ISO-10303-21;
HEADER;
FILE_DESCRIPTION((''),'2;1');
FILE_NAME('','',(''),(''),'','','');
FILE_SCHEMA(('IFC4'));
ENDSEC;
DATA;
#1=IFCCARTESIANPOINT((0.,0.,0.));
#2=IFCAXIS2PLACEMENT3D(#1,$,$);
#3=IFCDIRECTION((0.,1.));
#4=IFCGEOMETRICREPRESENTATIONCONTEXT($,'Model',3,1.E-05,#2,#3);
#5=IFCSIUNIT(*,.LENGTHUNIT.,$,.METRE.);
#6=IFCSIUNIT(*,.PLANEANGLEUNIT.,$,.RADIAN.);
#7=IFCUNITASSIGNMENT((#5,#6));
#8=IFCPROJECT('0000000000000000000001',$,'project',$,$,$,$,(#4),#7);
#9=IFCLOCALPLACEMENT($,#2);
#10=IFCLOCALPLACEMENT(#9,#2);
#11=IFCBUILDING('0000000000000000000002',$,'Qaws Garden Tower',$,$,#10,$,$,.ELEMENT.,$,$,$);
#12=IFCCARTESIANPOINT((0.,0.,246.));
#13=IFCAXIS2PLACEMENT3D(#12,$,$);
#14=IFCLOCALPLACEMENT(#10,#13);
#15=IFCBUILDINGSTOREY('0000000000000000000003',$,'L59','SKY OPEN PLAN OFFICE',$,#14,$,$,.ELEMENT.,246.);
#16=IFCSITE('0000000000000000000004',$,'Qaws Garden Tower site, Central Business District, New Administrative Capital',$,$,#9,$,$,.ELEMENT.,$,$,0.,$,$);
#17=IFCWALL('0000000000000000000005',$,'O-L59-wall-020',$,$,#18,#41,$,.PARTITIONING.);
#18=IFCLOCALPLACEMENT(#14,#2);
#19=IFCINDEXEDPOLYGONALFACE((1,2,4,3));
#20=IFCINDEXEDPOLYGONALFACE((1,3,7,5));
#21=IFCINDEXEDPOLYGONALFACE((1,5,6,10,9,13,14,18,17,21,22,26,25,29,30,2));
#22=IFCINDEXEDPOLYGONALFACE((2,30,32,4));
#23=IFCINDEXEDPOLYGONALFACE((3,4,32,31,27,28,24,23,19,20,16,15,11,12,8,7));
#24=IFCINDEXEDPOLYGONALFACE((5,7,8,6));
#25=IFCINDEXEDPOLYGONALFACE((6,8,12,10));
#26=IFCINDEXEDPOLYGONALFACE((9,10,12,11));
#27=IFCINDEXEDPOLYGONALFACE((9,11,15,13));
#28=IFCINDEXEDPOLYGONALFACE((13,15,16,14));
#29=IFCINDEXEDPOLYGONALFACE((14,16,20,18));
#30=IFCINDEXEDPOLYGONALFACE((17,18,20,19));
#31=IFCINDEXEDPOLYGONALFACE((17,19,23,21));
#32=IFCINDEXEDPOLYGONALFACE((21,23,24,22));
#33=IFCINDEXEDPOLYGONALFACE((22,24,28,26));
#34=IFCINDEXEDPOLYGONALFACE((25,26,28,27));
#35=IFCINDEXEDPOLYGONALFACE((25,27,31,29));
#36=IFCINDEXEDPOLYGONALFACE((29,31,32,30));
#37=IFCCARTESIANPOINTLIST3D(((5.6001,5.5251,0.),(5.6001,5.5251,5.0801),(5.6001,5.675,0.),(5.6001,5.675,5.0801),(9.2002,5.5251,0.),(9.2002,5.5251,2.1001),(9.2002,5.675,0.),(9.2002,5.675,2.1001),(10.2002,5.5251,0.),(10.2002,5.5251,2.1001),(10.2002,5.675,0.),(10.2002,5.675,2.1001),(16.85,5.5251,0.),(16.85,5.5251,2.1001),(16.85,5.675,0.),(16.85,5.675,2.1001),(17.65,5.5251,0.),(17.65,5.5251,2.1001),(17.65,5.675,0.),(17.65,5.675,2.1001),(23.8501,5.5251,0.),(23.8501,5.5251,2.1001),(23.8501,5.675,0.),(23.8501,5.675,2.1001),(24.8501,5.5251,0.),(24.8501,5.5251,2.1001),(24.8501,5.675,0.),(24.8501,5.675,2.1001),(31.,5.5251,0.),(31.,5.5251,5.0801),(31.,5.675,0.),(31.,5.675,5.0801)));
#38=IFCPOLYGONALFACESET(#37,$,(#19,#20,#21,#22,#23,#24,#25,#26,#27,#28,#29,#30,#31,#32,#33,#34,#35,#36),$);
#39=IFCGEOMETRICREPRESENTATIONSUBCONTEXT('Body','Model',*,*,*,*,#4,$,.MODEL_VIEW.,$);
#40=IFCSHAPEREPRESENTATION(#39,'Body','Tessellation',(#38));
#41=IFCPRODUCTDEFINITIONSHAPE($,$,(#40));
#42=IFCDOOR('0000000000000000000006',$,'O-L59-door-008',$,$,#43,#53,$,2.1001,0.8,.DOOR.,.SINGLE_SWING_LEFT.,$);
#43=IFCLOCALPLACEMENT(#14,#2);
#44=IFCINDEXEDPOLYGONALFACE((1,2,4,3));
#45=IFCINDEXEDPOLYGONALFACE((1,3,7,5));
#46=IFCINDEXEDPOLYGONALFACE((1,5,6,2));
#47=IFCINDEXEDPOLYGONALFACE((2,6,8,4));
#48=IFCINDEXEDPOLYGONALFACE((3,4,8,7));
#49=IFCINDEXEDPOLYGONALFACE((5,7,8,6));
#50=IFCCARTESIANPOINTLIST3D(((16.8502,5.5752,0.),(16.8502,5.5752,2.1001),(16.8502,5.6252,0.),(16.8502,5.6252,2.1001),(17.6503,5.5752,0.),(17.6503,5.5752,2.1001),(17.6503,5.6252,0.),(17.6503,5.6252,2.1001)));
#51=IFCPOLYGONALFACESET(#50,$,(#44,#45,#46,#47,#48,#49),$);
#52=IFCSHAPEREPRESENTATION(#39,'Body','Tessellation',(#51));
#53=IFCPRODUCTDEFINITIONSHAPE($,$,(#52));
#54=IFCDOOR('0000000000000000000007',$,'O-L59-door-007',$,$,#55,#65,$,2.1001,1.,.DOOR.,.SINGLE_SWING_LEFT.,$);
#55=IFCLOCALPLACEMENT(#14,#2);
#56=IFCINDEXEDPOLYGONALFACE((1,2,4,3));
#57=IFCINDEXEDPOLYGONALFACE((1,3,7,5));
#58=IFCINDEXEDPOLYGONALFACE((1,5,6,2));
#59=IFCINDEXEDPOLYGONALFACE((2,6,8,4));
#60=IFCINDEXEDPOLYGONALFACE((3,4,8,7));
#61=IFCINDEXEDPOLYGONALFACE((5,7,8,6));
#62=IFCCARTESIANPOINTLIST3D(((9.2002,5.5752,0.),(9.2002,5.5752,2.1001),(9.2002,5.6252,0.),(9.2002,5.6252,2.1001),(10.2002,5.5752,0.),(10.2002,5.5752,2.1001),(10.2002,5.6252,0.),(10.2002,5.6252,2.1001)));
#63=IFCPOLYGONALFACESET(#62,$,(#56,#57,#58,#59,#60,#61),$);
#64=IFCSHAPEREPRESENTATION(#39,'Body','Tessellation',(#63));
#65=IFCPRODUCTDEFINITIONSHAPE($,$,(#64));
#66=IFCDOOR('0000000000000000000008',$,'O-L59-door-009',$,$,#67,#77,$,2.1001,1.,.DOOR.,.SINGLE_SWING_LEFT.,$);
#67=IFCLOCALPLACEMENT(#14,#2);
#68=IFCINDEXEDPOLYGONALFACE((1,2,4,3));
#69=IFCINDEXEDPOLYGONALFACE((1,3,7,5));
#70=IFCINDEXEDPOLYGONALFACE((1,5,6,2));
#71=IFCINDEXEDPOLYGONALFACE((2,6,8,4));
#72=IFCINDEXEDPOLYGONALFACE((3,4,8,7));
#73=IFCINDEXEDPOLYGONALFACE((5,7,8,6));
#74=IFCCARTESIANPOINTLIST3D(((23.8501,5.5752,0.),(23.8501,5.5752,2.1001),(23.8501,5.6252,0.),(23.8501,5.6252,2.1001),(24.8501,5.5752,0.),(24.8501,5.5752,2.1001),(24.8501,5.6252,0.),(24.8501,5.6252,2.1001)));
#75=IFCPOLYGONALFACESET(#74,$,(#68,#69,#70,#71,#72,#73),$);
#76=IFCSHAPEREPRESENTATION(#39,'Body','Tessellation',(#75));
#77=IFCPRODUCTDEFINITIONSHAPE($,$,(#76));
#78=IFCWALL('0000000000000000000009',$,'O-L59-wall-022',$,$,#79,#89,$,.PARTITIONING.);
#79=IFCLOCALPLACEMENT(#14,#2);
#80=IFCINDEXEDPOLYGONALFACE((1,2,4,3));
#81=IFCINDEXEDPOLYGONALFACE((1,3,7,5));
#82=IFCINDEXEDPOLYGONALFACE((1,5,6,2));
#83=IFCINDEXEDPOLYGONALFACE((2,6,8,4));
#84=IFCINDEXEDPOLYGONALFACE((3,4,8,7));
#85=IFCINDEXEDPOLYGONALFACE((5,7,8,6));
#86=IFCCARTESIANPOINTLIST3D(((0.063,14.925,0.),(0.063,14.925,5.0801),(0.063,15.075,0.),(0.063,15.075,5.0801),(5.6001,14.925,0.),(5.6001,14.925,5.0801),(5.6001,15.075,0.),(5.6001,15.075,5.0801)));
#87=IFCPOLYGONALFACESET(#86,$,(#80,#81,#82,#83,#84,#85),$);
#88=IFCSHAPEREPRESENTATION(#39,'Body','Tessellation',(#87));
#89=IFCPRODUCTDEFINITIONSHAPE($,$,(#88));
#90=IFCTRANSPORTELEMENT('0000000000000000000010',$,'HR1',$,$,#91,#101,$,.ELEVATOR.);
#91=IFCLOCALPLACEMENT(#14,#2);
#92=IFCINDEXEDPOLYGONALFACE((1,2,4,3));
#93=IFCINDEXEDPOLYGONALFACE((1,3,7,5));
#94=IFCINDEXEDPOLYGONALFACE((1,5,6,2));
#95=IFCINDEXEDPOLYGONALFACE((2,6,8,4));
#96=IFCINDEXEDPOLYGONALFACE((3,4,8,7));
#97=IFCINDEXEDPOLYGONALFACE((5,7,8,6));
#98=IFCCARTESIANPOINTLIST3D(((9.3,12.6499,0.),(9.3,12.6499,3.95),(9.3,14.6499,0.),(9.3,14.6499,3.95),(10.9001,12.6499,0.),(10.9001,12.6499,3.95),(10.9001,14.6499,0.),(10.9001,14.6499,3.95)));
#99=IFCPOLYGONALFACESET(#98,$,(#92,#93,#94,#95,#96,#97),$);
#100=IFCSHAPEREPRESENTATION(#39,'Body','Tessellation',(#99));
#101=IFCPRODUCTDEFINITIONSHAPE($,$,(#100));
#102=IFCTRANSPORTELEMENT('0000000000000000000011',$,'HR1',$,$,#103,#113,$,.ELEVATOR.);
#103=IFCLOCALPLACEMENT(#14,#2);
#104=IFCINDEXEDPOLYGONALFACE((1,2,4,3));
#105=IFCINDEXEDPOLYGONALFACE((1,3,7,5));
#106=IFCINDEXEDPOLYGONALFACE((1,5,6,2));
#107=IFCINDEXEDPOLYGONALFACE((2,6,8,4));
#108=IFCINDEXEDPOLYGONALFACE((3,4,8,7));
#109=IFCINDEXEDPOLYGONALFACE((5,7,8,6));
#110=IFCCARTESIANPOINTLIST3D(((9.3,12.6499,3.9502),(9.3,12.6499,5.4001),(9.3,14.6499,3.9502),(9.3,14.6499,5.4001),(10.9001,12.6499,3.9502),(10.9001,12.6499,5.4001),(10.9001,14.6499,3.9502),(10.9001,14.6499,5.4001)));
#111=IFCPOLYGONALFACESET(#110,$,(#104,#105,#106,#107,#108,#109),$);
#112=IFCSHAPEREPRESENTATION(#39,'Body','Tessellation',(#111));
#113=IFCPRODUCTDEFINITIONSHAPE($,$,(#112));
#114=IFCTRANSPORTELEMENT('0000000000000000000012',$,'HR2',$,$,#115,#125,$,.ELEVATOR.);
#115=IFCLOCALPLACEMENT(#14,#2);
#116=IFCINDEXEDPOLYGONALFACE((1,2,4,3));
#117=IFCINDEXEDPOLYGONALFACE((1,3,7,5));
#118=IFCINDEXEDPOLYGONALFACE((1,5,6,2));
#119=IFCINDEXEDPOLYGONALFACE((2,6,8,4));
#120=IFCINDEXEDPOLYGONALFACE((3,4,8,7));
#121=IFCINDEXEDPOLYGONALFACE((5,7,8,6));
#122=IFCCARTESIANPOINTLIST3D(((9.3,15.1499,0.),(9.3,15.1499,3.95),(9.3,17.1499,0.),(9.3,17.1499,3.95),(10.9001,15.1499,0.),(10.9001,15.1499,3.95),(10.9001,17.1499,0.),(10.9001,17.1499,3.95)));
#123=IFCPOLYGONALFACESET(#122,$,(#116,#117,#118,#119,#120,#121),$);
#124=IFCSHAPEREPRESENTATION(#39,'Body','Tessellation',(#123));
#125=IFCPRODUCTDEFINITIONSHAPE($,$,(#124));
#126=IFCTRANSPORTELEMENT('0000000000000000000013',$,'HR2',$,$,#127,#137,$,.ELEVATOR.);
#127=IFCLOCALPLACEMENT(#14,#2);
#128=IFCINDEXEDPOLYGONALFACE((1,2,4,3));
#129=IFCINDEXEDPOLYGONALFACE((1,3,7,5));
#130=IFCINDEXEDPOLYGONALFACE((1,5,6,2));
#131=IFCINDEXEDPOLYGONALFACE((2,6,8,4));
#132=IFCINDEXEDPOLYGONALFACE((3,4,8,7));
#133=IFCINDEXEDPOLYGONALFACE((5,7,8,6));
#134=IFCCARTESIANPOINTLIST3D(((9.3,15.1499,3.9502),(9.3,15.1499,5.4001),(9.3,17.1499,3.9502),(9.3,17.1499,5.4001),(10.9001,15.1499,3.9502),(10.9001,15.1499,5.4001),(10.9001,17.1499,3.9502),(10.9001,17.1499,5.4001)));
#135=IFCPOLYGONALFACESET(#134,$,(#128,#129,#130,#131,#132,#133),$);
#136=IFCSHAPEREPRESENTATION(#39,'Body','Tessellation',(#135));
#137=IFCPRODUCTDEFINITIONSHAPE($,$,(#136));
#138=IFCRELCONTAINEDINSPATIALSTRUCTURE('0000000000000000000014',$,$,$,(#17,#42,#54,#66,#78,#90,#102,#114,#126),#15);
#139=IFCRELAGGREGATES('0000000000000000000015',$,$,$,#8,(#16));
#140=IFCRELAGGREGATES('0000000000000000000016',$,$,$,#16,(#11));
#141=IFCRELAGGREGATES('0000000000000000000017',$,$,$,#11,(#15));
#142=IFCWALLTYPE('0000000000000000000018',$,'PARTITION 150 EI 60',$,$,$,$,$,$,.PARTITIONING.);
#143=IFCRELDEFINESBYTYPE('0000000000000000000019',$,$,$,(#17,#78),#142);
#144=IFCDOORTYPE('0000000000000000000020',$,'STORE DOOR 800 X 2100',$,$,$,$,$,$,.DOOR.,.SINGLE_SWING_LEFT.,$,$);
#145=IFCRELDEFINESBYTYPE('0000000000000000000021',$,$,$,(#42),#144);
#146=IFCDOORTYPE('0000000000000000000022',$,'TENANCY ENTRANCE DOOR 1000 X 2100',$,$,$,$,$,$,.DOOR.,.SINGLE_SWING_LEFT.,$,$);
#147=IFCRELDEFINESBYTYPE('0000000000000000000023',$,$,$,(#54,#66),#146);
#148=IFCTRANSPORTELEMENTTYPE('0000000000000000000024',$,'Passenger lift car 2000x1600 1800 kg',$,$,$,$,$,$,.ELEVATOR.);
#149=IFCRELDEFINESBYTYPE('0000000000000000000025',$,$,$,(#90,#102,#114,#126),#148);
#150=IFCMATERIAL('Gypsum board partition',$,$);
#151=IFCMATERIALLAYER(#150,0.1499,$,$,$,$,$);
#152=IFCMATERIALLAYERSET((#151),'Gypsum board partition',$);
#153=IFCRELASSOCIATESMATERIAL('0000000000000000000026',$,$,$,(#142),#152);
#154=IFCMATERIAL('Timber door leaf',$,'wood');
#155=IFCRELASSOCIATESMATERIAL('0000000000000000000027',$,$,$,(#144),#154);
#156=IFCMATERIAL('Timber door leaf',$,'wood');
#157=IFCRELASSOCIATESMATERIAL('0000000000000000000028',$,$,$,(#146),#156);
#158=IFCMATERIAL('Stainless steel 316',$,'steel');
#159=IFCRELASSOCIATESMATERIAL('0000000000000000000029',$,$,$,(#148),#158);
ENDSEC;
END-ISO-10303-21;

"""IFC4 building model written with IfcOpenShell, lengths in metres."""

from ifc_helpers import new_model, si_unit, direction, frame, frame_2d, origin, origin_2d, place, context, subcontext, project, spatial, rectangle, extrude, material, layer, layer_set, type_object, element, fill, save


model = new_model("IFC4")

# Units and contexts
model_context = context("Model", 3, precision=1e-05, world=origin(), true_north=direction((0.0, 1.0)))
body_context = subcontext(model_context, "Body", "Model", "MODEL_VIEW")
ifc_project = project(units=[si_unit("LENGTHUNIT", "METRE"), si_unit("PLANEANGLEUNIT", "RADIAN")], contexts=[model_context])

# Site, building, storey
site_placement = place(None, origin())
site = spatial("IfcSite", under=ifc_project, at=site_placement, Name="Qaws Garden Tower site, Central Business District, New Administrative Capital", CompositionType="ELEMENT", RefElevation=0.0)
building_placement = place(site_placement, origin())
building = spatial("IfcBuilding", under=site, at=building_placement, Name="Qaws Garden Tower", CompositionType="ELEMENT")
storey_placement = place(building_placement, frame((0.0, 0.0, 246.0)))
storey = spatial("IfcBuildingStorey", under=building, at=storey_placement, Name="L59", Description="SKY OPEN PLAN OFFICE", CompositionType="ELEMENT", Elevation=246.0)

# Wall, openings, doors
ifc_material_1 = material(Name="Gypsum board partition")
ifc_layer_1 = layer(ifc_material_1, 0.1499)
ifc_layer_set_1 = layer_set([ifc_layer_1], Name="Gypsum board partition")
wall_type_1 = type_object("IfcWallType", Name="PARTITION 150 EI 60", PredefinedType="PARTITIONING", material=ifc_layer_set_1)
ifc_material_2 = material(Name="Timber door leaf", Category="wood")
door_type_1 = type_object("IfcDoorType", Name="STORE DOOR 800 X 2100", OperationType="SINGLE_SWING_LEFT", PredefinedType="DOOR", material=ifc_material_2)
ifc_material_3 = material(Name="Timber door leaf", Category="wood")
door_type_2 = type_object("IfcDoorType", Name="TENANCY ENTRANCE DOOR 1000 X 2100", OperationType="SINGLE_SWING_LEFT", PredefinedType="DOOR", material=ifc_material_3)
wall_1_placement = place(storey_placement, frame((5.6001, 5.6001, 0.0), z_axis=(0.0, 0.0, 1.0), x_axis=(1.0, 0.0, 0.0)))
wall_1 = element("IfcWall", 1, at=wall_1_placement, inside=storey, type_object=wall_type_1, Name="O-L59-wall-020", PredefinedType="PARTITIONING", context=body_context, shape_type="SweptSolid", body=[
    extrude(rectangle(XDim=25.3999, YDim=0.1499, at=frame_2d((12.7, 0.0))), origin(), (0.0, 0.0, 1.0), 5.0801),
])
opening_1_placement = place(wall_1_placement, frame((3.6001, 0.0, 0.0)))
opening_1 = element("IfcOpeningElement", 2, at=opening_1_placement, cuts=wall_1, PredefinedType="OPENING", context=body_context, shape_type="SweptSolid", body=[
    extrude(rectangle(XDim=1.0, YDim=2.1001, at=frame_2d((0.5, 1.05))), frame((0.0, 0.085, 0.0), z_axis=(0.0, -1.0, 0.0), x_axis=(1.0, 0.0, 0.0)), (0.0, 0.0, 1.0), 0.1699),
])
opening_2_placement = place(wall_1_placement, frame((11.25, 0.0, 0.0)))
opening_2 = element("IfcOpeningElement", 3, at=opening_2_placement, cuts=wall_1, PredefinedType="OPENING", context=body_context, shape_type="SweptSolid", body=[
    extrude(rectangle(XDim=0.8, YDim=2.1001, at=frame_2d((0.3999, 1.05))), frame((0.0, 0.085, 0.0), z_axis=(0.0, -1.0, 0.0), x_axis=(1.0, 0.0, 0.0)), (0.0, 0.0, 1.0), 0.1699),
])
opening_3_placement = place(wall_1_placement, frame((18.25, 0.0, 0.0)))
opening_3 = element("IfcOpeningElement", 4, at=opening_3_placement, cuts=wall_1, PredefinedType="OPENING", context=body_context, shape_type="SweptSolid", body=[
    extrude(rectangle(XDim=1.0, YDim=2.1001, at=frame_2d((0.5, 1.05))), frame((0.0, 0.085, 0.0), z_axis=(0.0, -1.0, 0.0), x_axis=(1.0, 0.0, 0.0)), (0.0, 0.0, 1.0), 0.1699),
])
door_1_placement = place(opening_2_placement, frame((0.8, 0.0, 0.0), z_axis=(0.0, 0.0, 1.0), x_axis=(-1.0, 0.0, 0.0)))
door_1 = element("IfcDoor", 5, at=door_1_placement, inside=storey, type_object=door_type_1, Name="O-L59-door-008", OperationType="SINGLE_SWING_LEFT", OverallHeight=2.1001, OverallWidth=0.8, PredefinedType="DOOR", context=body_context, shape_type="SweptSolid", body=[
    extrude(rectangle(XDim=0.8, YDim=2.1001, at=frame_2d((0.3999, 1.05))), frame((0.0, 0.0249, 0.0), z_axis=(0.0, -1.0, 0.0), x_axis=(1.0, 0.0, 0.0)), (0.0, 0.0, 1.0), 0.05),
])
fill(opening_2, door_1)
door_2_placement = place(opening_1_placement, frame((1.0, 0.0, 0.0), z_axis=(0.0, 0.0, 1.0), x_axis=(-1.0, 0.0, 0.0)))
door_2 = element("IfcDoor", 6, at=door_2_placement, inside=storey, type_object=door_type_2, Name="O-L59-door-007", OperationType="SINGLE_SWING_LEFT", OverallHeight=2.1001, OverallWidth=1.0, PredefinedType="DOOR", context=body_context, shape_type="SweptSolid", body=[
    extrude(rectangle(XDim=1.0, YDim=2.1001, at=frame_2d((0.5, 1.05))), frame((0.0, 0.0249, 0.0), z_axis=(0.0, -1.0, 0.0), x_axis=(1.0, 0.0, 0.0)), (0.0, 0.0, 1.0), 0.05),
])
fill(opening_1, door_2)
door_3_placement = place(opening_3_placement, frame((1.0, 0.0, 0.0), z_axis=(0.0, 0.0, 1.0), x_axis=(-1.0, 0.0, 0.0)))
door_3 = element("IfcDoor", 7, at=door_3_placement, inside=storey, type_object=door_type_2, Name="O-L59-door-009", OperationType="SINGLE_SWING_LEFT", OverallHeight=2.1001, OverallWidth=1.0, PredefinedType="DOOR", context=body_context, shape_type="SweptSolid", body=[
    extrude(rectangle(XDim=1.0, YDim=2.1001, at=frame_2d((0.5, 1.05))), frame((0.0, 0.0249, 0.0), z_axis=(0.0, -1.0, 0.0), x_axis=(1.0, 0.0, 0.0)), (0.0, 0.0, 1.0), 0.05),
])
fill(opening_3, door_3)

# Wall
wall_2_placement = place(storey_placement, frame((0.063, 15.0, 0.0), z_axis=(0.0, 0.0, 1.0), x_axis=(1.0, 0.0, 0.0)))
element("IfcWall", 8, at=wall_2_placement, inside=storey, type_object=wall_type_1, Name="O-L59-wall-022", PredefinedType="PARTITIONING", context=body_context, shape_type="SweptSolid", body=[
    extrude(rectangle(XDim=5.5371, YDim=0.1499, at=frame_2d((2.7686, 0.0))), origin(), (0.0, 0.0, 1.0), 5.0801),
])

# Transport elements
ifc_material_4 = material(Name="Stainless steel 316", Category="steel")
transport_element_type = type_object("IfcTransportElementType", Name="Passenger lift car 2000x1600 1800 kg", PredefinedType="ELEVATOR", material=ifc_material_4)
transport_element_1_placement = place(storey_placement, frame((10.1001, 13.6499, 0.0), z_axis=(0.0, 0.0, 1.0), x_axis=(1.0, 0.0, 0.0)))
element("IfcTransportElement", 9, at=transport_element_1_placement, inside=storey, type_object=transport_element_type, Name="HR1", PredefinedType="ELEVATOR", context=body_context, shape_type="SweptSolid", body=[
    extrude(rectangle(XDim=1.6001, YDim=2.0, at=origin_2d()), origin(), (0.0, 0.0, 1.0), 3.95),
])
transport_element_2_placement = place(storey_placement, frame((10.1001, 13.6499, 3.9502), z_axis=(0.0, 0.0, 1.0), x_axis=(1.0, 0.0, 0.0)))
element("IfcTransportElement", 10, at=transport_element_2_placement, inside=storey, type_object=transport_element_type, Name="HR1", PredefinedType="ELEVATOR", context=body_context, shape_type="SweptSolid", body=[
    extrude(rectangle(XDim=1.6001, YDim=2.0, at=origin_2d()), origin(), (0.0, 0.0, 1.0), 1.45),
])
transport_element_3_placement = place(storey_placement, frame((10.1001, 16.1499, 0.0), z_axis=(0.0, 0.0, 1.0), x_axis=(1.0, 0.0, 0.0)))
element("IfcTransportElement", 11, at=transport_element_3_placement, inside=storey, type_object=transport_element_type, Name="HR2", PredefinedType="ELEVATOR", context=body_context, shape_type="SweptSolid", body=[
    extrude(rectangle(XDim=1.6001, YDim=2.0, at=origin_2d()), origin(), (0.0, 0.0, 1.0), 3.95),
])
transport_element_4_placement = place(storey_placement, frame((10.1001, 16.1499, 3.9502), z_axis=(0.0, 0.0, 1.0), x_axis=(1.0, 0.0, 0.0)))
element("IfcTransportElement", 12, at=transport_element_4_placement, inside=storey, type_object=transport_element_type, Name="HR2", PredefinedType="ELEVATOR", context=body_context, shape_type="SweptSolid", body=[
    extrude(rectangle(XDim=1.6001, YDim=2.0, at=origin_2d()), origin(), (0.0, 0.0, 1.0), 1.45),
])

save(model, "model.ifc")
